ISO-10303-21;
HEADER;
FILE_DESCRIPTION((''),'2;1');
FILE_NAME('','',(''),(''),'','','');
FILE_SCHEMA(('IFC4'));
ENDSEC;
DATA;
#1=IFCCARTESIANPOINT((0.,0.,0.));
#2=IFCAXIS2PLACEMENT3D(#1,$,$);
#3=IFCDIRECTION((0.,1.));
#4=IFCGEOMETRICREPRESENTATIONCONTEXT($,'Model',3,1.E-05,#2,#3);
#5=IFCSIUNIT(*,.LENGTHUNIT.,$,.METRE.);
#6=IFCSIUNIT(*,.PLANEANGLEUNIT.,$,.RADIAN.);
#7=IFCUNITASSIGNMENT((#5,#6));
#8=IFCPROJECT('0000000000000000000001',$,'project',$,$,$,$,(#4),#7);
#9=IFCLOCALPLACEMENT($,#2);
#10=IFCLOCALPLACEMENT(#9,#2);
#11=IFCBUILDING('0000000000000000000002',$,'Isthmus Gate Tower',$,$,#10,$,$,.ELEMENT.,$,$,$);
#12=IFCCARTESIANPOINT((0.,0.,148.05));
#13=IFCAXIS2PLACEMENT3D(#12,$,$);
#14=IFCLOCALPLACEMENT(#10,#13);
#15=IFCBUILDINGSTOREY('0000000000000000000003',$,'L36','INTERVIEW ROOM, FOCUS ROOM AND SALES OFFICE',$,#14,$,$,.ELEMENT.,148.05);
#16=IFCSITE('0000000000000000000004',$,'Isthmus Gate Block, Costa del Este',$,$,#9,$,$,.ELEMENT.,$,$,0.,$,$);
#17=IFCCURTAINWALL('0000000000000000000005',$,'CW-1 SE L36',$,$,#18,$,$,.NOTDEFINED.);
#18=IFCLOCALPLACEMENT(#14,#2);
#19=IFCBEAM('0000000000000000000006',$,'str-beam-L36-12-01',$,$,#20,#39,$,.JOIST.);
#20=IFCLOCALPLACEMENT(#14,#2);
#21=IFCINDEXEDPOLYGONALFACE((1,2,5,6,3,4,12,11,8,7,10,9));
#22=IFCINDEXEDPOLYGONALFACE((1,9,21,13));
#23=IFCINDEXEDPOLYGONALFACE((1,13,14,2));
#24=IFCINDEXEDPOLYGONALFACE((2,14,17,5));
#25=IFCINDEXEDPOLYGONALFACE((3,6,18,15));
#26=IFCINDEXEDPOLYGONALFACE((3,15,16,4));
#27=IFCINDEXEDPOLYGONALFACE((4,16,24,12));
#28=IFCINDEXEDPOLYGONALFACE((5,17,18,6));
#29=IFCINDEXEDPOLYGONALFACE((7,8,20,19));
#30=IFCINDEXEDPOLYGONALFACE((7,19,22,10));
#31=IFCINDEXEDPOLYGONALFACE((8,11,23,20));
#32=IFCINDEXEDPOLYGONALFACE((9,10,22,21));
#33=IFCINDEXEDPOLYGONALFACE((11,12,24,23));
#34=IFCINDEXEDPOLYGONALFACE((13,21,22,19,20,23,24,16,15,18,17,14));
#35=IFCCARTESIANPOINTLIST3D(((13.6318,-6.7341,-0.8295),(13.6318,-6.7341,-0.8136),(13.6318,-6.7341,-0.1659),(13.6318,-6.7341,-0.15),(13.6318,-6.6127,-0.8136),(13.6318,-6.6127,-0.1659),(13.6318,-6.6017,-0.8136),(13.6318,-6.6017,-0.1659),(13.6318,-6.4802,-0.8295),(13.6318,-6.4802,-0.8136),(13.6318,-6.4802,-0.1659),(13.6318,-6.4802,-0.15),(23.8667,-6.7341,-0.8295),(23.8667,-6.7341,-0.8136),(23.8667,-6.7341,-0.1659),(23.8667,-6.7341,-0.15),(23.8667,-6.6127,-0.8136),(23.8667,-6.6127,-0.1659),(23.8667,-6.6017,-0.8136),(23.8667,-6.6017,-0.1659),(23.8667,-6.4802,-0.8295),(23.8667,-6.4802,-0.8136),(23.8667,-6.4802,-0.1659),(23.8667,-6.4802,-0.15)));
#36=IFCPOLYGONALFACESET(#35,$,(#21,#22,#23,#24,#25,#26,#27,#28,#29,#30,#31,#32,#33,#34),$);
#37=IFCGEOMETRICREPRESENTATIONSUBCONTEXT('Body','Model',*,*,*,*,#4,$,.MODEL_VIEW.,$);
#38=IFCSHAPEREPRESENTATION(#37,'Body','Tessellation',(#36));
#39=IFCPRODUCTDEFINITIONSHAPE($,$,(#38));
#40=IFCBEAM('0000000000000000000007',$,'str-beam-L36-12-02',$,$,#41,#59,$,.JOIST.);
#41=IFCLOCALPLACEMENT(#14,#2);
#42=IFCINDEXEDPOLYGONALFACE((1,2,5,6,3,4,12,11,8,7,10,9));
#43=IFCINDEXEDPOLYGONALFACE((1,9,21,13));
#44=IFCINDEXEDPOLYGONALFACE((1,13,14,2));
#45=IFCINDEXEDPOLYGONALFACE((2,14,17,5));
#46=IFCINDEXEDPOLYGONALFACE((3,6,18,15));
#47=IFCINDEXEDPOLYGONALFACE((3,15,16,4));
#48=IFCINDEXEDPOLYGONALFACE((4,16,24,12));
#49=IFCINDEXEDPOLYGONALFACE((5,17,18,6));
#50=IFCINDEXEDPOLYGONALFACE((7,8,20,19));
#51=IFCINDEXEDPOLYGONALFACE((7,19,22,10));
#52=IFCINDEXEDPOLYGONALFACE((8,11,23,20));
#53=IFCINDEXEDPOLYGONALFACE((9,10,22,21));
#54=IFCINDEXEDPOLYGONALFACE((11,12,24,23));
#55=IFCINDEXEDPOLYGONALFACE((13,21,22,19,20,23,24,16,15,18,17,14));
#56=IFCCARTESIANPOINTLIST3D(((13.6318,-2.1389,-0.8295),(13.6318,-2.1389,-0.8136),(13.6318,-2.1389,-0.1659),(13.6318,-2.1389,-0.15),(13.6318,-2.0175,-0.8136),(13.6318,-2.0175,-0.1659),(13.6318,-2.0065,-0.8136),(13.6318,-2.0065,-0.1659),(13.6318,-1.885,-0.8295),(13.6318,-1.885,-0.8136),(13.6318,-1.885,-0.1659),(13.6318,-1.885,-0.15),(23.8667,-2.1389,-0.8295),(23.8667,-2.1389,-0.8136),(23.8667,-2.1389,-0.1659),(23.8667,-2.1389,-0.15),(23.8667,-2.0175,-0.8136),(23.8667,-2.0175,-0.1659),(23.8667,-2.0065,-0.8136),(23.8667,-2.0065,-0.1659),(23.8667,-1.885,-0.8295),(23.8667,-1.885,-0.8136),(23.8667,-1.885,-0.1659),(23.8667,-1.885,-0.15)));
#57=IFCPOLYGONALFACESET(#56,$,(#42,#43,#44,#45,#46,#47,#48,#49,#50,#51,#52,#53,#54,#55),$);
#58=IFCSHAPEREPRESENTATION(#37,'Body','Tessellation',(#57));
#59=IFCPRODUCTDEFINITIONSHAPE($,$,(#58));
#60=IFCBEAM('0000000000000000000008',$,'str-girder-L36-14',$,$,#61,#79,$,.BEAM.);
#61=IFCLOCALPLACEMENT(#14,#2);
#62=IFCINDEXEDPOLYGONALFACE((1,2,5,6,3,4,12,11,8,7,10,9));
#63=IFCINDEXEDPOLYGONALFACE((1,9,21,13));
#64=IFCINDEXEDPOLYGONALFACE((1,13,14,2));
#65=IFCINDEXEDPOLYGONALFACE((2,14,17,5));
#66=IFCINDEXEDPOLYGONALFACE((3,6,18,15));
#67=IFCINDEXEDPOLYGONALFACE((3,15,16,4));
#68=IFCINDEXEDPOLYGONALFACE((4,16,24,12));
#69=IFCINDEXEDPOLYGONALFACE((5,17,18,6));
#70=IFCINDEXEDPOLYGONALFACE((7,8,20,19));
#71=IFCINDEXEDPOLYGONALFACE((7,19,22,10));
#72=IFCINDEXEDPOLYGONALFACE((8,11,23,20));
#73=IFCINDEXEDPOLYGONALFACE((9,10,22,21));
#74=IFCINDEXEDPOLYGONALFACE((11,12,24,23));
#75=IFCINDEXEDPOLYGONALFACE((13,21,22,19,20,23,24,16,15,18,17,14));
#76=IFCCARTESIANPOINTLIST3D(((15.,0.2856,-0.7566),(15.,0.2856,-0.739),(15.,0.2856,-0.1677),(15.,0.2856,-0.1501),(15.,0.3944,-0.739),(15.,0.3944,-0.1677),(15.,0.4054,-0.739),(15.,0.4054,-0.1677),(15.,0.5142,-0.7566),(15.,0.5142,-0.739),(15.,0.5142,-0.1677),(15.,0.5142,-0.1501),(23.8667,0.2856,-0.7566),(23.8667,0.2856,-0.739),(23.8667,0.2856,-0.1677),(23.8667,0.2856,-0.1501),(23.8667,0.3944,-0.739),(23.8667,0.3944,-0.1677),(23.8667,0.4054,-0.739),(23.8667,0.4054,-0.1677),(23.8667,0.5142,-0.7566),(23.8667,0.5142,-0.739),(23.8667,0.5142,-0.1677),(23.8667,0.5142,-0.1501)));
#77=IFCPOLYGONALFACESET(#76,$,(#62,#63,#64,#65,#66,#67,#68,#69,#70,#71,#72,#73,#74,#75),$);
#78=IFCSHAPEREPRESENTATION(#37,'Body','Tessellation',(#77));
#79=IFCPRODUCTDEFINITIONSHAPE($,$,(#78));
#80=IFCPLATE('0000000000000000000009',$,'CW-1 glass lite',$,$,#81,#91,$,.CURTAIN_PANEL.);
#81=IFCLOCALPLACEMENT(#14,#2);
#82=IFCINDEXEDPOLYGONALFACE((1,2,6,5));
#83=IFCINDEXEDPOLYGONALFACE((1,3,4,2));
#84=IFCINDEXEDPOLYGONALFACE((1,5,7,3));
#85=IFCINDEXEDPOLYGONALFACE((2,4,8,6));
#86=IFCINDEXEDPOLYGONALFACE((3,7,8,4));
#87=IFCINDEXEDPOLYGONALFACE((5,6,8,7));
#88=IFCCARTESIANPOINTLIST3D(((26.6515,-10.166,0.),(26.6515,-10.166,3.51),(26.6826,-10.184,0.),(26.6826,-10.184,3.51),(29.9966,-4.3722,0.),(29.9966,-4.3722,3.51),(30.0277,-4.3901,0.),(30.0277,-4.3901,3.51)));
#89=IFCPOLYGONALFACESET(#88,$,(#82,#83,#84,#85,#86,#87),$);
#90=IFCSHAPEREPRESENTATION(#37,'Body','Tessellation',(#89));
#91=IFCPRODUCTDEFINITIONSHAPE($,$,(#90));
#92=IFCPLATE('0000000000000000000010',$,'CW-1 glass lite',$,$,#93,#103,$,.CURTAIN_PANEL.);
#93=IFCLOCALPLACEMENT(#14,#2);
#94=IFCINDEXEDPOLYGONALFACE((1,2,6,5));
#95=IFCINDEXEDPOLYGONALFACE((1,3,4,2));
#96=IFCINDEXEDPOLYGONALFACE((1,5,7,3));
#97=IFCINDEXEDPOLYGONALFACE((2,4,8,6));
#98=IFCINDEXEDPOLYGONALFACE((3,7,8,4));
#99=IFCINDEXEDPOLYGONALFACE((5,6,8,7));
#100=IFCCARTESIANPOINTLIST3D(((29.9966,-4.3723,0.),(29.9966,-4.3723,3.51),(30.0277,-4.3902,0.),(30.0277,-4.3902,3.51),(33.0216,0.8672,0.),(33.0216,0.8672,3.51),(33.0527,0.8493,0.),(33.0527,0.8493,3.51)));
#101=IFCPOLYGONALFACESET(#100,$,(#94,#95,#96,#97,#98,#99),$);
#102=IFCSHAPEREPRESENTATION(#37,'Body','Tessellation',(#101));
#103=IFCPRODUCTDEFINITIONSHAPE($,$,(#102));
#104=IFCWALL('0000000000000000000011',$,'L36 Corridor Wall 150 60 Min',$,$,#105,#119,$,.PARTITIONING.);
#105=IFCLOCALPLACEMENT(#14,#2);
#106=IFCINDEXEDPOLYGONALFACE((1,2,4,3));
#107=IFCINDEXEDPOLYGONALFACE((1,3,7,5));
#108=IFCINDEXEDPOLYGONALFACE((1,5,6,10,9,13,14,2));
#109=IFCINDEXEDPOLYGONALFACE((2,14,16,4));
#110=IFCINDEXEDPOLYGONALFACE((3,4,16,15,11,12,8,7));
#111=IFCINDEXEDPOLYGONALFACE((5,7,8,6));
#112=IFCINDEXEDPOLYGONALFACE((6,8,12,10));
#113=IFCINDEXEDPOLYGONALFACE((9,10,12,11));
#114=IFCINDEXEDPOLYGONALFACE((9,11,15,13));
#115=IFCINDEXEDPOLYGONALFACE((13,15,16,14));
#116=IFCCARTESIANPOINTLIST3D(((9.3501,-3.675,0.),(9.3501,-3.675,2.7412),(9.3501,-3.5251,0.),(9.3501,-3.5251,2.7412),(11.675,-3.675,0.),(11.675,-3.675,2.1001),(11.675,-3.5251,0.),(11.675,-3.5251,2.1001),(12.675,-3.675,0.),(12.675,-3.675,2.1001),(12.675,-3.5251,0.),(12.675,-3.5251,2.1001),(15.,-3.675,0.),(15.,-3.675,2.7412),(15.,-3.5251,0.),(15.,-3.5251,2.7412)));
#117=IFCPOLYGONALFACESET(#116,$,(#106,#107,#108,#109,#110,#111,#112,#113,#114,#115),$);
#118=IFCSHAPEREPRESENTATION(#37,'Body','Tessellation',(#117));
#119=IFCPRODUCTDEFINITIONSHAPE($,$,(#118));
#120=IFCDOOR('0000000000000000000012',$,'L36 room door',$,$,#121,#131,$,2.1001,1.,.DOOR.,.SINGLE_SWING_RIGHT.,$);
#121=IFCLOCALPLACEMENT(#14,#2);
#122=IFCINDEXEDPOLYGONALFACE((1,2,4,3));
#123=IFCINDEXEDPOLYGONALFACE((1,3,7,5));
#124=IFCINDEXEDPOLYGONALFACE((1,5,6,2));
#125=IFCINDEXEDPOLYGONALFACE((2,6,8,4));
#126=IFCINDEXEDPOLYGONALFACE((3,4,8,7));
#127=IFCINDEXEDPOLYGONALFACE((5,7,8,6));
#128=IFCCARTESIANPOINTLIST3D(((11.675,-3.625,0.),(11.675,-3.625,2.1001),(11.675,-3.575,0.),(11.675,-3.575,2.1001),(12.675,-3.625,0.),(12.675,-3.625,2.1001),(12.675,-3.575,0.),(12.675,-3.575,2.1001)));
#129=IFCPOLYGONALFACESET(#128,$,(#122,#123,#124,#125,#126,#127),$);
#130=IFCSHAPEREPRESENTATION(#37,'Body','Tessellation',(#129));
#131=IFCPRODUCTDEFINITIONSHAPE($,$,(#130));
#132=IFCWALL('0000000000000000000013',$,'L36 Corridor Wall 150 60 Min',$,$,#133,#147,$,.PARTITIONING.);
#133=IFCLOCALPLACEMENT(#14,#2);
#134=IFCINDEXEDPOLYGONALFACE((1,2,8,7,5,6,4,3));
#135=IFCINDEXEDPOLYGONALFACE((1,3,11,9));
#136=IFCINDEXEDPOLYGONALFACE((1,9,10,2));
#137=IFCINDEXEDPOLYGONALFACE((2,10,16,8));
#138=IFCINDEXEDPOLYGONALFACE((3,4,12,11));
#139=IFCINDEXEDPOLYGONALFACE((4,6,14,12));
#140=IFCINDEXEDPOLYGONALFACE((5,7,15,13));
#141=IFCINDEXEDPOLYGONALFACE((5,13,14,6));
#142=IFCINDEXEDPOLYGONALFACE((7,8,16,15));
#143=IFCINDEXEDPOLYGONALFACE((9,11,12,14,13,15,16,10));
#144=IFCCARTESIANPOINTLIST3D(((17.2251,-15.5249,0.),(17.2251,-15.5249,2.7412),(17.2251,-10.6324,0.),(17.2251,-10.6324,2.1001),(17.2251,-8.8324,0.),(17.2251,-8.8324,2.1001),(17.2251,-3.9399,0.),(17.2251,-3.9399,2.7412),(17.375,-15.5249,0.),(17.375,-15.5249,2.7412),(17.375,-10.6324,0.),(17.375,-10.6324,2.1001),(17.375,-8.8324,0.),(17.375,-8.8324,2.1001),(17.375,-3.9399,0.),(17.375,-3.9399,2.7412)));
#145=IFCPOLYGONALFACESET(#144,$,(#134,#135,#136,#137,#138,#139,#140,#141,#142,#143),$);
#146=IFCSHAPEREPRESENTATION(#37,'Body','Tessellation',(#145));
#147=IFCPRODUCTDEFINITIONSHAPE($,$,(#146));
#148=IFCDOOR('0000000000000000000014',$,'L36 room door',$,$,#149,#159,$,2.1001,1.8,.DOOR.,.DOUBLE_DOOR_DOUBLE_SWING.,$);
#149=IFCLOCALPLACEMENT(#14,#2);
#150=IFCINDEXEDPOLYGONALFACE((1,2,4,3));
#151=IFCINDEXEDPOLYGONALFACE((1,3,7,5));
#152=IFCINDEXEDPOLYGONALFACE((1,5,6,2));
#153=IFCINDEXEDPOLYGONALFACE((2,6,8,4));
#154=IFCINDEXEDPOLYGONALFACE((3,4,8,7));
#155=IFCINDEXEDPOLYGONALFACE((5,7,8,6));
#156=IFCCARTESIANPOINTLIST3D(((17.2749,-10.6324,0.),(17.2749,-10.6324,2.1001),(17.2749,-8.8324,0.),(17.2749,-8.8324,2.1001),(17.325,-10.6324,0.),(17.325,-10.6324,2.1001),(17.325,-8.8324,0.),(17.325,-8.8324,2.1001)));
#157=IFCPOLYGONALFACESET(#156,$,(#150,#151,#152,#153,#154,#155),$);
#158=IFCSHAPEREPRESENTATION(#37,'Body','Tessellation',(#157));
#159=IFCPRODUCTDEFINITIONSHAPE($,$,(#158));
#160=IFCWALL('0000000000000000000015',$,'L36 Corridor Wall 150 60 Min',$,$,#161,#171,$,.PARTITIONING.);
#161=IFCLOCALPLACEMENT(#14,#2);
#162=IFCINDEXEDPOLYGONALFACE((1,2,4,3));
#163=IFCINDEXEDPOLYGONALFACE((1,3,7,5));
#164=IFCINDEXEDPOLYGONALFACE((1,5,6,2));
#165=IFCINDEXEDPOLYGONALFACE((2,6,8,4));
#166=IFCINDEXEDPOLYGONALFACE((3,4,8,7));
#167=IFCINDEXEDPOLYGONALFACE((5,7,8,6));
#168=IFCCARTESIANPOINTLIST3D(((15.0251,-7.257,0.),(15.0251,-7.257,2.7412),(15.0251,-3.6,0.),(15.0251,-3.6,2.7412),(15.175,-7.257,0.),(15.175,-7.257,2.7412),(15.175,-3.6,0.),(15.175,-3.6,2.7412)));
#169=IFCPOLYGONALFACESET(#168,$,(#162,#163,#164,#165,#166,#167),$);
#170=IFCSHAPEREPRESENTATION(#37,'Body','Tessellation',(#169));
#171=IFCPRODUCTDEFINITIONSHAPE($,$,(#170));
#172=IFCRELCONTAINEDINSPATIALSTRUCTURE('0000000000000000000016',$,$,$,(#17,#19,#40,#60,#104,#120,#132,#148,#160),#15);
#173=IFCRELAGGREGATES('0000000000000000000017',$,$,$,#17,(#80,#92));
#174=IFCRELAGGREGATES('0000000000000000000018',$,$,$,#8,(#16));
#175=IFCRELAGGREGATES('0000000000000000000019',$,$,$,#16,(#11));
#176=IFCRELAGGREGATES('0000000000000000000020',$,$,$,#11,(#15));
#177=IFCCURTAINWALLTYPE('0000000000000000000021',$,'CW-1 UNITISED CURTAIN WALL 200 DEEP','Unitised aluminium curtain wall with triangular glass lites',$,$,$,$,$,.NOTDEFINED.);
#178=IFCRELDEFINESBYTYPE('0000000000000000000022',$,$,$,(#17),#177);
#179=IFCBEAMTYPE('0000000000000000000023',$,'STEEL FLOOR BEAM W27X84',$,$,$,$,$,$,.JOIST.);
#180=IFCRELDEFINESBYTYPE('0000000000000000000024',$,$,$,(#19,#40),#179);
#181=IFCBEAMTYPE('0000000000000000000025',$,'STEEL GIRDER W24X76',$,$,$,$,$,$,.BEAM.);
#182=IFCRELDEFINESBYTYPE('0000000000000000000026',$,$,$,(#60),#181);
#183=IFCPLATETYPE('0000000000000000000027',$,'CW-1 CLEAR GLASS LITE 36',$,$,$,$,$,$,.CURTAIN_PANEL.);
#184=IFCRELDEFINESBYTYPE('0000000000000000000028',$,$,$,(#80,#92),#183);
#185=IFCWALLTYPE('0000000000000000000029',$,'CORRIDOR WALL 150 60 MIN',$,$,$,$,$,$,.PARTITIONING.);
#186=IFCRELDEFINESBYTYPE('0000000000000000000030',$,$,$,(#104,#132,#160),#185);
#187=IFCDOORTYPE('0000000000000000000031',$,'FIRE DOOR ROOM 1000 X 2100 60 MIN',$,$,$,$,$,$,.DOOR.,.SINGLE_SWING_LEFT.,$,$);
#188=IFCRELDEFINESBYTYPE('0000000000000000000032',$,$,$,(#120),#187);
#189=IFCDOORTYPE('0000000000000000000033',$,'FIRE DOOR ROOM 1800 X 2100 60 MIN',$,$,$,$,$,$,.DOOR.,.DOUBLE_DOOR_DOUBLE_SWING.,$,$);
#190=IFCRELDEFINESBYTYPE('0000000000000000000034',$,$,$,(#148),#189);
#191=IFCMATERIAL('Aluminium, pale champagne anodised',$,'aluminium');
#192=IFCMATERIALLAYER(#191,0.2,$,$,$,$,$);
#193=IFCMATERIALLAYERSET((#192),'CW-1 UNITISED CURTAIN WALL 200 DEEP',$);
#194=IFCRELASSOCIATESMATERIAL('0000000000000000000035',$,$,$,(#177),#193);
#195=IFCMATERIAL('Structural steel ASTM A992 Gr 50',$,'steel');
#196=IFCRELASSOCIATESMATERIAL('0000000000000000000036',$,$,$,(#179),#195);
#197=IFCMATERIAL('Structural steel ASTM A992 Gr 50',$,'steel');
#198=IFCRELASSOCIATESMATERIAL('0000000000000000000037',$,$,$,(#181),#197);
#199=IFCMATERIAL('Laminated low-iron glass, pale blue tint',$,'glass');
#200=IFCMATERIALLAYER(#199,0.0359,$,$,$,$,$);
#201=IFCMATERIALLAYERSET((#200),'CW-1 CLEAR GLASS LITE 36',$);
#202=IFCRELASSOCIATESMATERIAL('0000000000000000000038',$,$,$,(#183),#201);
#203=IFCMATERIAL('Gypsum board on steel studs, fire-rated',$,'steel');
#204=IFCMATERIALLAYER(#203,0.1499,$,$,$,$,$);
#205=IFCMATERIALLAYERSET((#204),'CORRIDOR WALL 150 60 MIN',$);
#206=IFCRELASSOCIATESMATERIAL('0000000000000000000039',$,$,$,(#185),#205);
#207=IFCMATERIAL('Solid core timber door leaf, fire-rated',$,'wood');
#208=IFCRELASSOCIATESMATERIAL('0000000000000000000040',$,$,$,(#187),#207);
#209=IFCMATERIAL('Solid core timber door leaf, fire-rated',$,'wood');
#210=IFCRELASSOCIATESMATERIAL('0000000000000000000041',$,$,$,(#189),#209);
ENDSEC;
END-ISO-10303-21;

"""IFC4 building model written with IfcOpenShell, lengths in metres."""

from ifc_helpers import new_model, si_unit, direction, frame, frame_2d, origin, origin_2d, place, context, subcontext, project, spatial, rectangle, i_section, extrude, material, layer, layer_set, material_profile, profile_set, type_object, element, fill, aggregate, save


model = new_model("IFC4")

# Units and contexts
model_context = context("Model", 3, precision=1e-05, world=origin(), true_north=direction((0.0, 1.0)))
body_context = subcontext(model_context, "Body", "Model", "MODEL_VIEW")
ifc_project = project(units=[si_unit("LENGTHUNIT", "METRE"), si_unit("PLANEANGLEUNIT", "RADIAN")], contexts=[model_context])

# Site, building, storey
site_placement = place(None, origin())
site = spatial("IfcSite", under=ifc_project, at=site_placement, Name="Isthmus Gate Block, Costa del Este", CompositionType="ELEMENT", RefElevation=0.0)
building_placement = place(site_placement, origin())
building = spatial("IfcBuilding", under=site, at=building_placement, Name="Isthmus Gate Tower", CompositionType="ELEMENT")
storey_placement = place(building_placement, frame((0.0, 0.0, 148.05)))
storey = spatial("IfcBuildingStorey", under=building, at=storey_placement, Name="L36", Description="INTERVIEW ROOM, FOCUS ROOM AND SALES OFFICE", CompositionType="ELEMENT", Elevation=148.05)

# Curtain wall
ifc_material_1 = material(Name="Aluminium, pale champagne anodised", Category="aluminium")
ifc_layer_1 = layer(ifc_material_1, 0.2)
ifc_layer_set_1 = layer_set([ifc_layer_1], Name="CW-1 UNITISED CURTAIN WALL 200 DEEP")
curtain_wall_type = type_object("IfcCurtainWallType", Name="CW-1 UNITISED CURTAIN WALL 200 DEEP", Description="Unitised aluminium curtain wall with triangular glass lites", PredefinedType="NOTDEFINED", material=ifc_layer_set_1)
curtain_wall_placement = place(storey_placement, origin())
curtain_wall = element("IfcCurtainWall", 1, at=curtain_wall_placement, inside=storey, type_object=curtain_wall_type, Name="CW-1 SE L36", PredefinedType="NOTDEFINED")

# Beams
ifc_material_2 = material(Name="Structural steel ASTM A992 Gr 50", Category="steel")
ifc_material_profile_1 = material_profile(ifc_material_2, i_section(OverallWidth=0.2539, OverallDepth=0.6794, WebThickness=0.011, FlangeThickness=0.0159, at=origin_2d()), Name="W27X84")
ifc_profile_set_1 = profile_set([ifc_material_profile_1], Name="Structural steel ASTM A992 Gr 50")
beam_type_1 = type_object("IfcBeamType", Name="STEEL FLOOR BEAM W27X84", PredefinedType="JOIST", material=ifc_profile_set_1)
for number, where, z_axis, x_axis, name in (
    (2, (13.6318, -6.6072, -0.4897), (1.0, 0.0, 0.0), (0.0, 1.0, 0.0), "str-beam-L36-12-01"),
    (3, (13.6318, -2.012, -0.4897), (1.0, 0.0, 0.0), (0.0, 1.0, 0.0), "str-beam-L36-12-02"),
):
    element("IfcBeam", number, at=place(storey_placement, frame(where, z_axis=z_axis, x_axis=x_axis)), inside=storey, type_object=beam_type_1, Name=name, PredefinedType="JOIST", context=body_context, shape_type="SweptSolid", body=[
        extrude(i_section(OverallWidth=0.2539, OverallDepth=0.6794, WebThickness=0.011, FlangeThickness=0.0159, at=origin_2d()), origin(), (0.0, 0.0, 1.0), 10.2349),
    ])
ifc_material_3 = material(Name="Structural steel ASTM A992 Gr 50", Category="steel")
ifc_material_profile_2 = material_profile(ifc_material_3, i_section(OverallWidth=0.2285, OverallDepth=0.6064, WebThickness=0.011, FlangeThickness=0.0176, at=origin_2d()), Name="W24X76")
ifc_profile_set_2 = profile_set([ifc_material_profile_2], Name="Structural steel ASTM A992 Gr 50")
beam_type_2 = type_object("IfcBeamType", Name="STEEL GIRDER W24X76", PredefinedType="BEAM", material=ifc_profile_set_2)
beam_1_placement = place(storey_placement, frame((15.0, 0.3999, -0.4534), z_axis=(1.0, 0.0, 0.0), x_axis=(0.0, 1.0, 0.0)))
element("IfcBeam", 4, at=beam_1_placement, inside=storey, type_object=beam_type_2, Name="str-girder-L36-14", PredefinedType="BEAM", context=body_context, shape_type="SweptSolid", body=[
    extrude(i_section(OverallWidth=0.2285, OverallDepth=0.6064, WebThickness=0.011, FlangeThickness=0.0176, at=origin_2d()), origin(), (0.0, 0.0, 1.0), 8.8667),
])

# Plates
ifc_material_4 = material(Name="Laminated low-iron glass, pale blue tint", Category="glass")
ifc_layer_2 = layer(ifc_material_4, 0.0359)
ifc_layer_set_2 = layer_set([ifc_layer_2], Name="CW-1 CLEAR GLASS LITE 36")
plate_type = type_object("IfcPlateType", Name="CW-1 CLEAR GLASS LITE 36", PredefinedType="CURTAIN_PANEL", material=ifc_layer_set_2)
plate_1_placement = place(storey_placement, frame((28.3396, -7.2781, 0.0), z_axis=(0.0, 0.0, 1.0), x_axis=(0.5, 0.866025, 0.0)))
plate_1 = element("IfcPlate", 5, at=plate_1_placement, type_object=plate_type, Name="CW-1 glass lite", PredefinedType="CURTAIN_PANEL", context=body_context, shape_type="SweptSolid", body=[
    extrude(rectangle(XDim=6.6902, YDim=0.0359, at=origin_2d()), origin(), (0.0, 0.0, 1.0), 3.51),
])
plate_2_placement = place(storey_placement, frame((31.5247, -1.7615, 0.0), z_axis=(0.0, 0.0, 1.0), x_axis=(0.5, 0.866025, 0.0)))
plate_2 = element("IfcPlate", 6, at=plate_2_placement, type_object=plate_type, Name="CW-1 glass lite", PredefinedType="CURTAIN_PANEL", context=body_context, shape_type="SweptSolid", body=[
    extrude(rectangle(XDim=6.05, YDim=0.0359, at=origin_2d()), origin(), (0.0, 0.0, 1.0), 3.51),
])
aggregate(curtain_wall, [plate_1, plate_2])

# Walls, openings, doors
ifc_material_5 = material(Name="Gypsum board on steel studs, fire-rated", Category="steel")
ifc_layer_3 = layer(ifc_material_5, 0.1499)
ifc_layer_set_3 = layer_set([ifc_layer_3], Name="CORRIDOR WALL 150 60 MIN")
wall_type_1 = type_object("IfcWallType", Name="CORRIDOR WALL 150 60 MIN", PredefinedType="PARTITIONING", material=ifc_layer_set_3)
wall_1_placement = place(storey_placement, frame((15.0, -3.6001, 0.0), z_axis=(0.0, 0.0, 1.0), x_axis=(-1.0, 0.0, 0.0)))
wall_1 = element("IfcWall", 7, at=wall_1_placement, inside=storey, type_object=wall_type_1, Name="L36 Corridor Wall 150 60 Min", PredefinedType="PARTITIONING", context=body_context, shape_type="SweptSolid", body=[
    extrude(rectangle(XDim=5.6499, YDim=0.1499, at=frame_2d((2.825, 0.0))), origin(), (0.0, 0.0, 1.0), 2.7412),
])
opening_1_placement = place(wall_1_placement, frame((2.325, 0.0, 0.0)))
opening_1 = element("IfcOpeningElement", 8, at=opening_1_placement, cuts=wall_1, PredefinedType="OPENING", context=body_context, shape_type="SweptSolid", body=[
    extrude(rectangle(XDim=1.0, YDim=2.1001, at=frame_2d((0.5, 1.05))), frame((0.0, 0.085, 0.0), z_axis=(0.0, -1.0, 0.0), x_axis=(1.0, 0.0, 0.0)), (0.0, 0.0, 1.0), 0.1699),
])
ifc_material_6 = material(Name="Solid core timber door leaf, fire-rated", Category="wood")
door_type_1 = type_object("IfcDoorType", Name="FIRE DOOR ROOM 1000 X 2100 60 MIN", OperationType="SINGLE_SWING_LEFT", PredefinedType="DOOR", material=ifc_material_6)
door_1_placement = place(opening_1_placement, origin())
door_1 = element("IfcDoor", 9, at=door_1_placement, inside=storey, type_object=door_type_1, Name="L36 room door", OperationType="SINGLE_SWING_RIGHT", OverallHeight=2.1001, OverallWidth=1.0, PredefinedType="DOOR", context=body_context, shape_type="SweptSolid", body=[
    extrude(rectangle(XDim=1.0, YDim=2.1001, at=frame_2d((0.5, 1.05))), frame((0.0, 0.0249, 0.0), z_axis=(0.0, -1.0, 0.0), x_axis=(1.0, 0.0, 0.0)), (0.0, 0.0, 1.0), 0.05),
])
fill(opening_1, door_1)
wall_2_placement = place(storey_placement, frame((17.3, -3.9399, 0.0), z_axis=(0.0, 0.0, 1.0), x_axis=(0.0, -1.0, 0.0)))
wall_2 = element("IfcWall", 10, at=wall_2_placement, inside=storey, type_object=wall_type_1, Name="L36 Corridor Wall 150 60 Min", PredefinedType="PARTITIONING", context=body_context, shape_type="SweptSolid", body=[
    extrude(rectangle(XDim=11.585, YDim=0.1499, at=frame_2d((5.7925, 0.0))), origin(), (0.0, 0.0, 1.0), 2.7412),
])
opening_2_placement = place(wall_2_placement, frame((4.8926, 0.0, 0.0)))
opening_2 = element("IfcOpeningElement", 11, at=opening_2_placement, cuts=wall_2, PredefinedType="OPENING", context=body_context, shape_type="SweptSolid", body=[
    extrude(rectangle(XDim=1.8, YDim=2.1001, at=frame_2d((0.8999, 1.05))), frame((0.0, 0.085, 0.0), z_axis=(0.0, -1.0, 0.0), x_axis=(1.0, 0.0, 0.0)), (0.0, 0.0, 1.0), 0.1699),
])
ifc_material_7 = material(Name="Solid core timber door leaf, fire-rated", Category="wood")
door_type_2 = type_object("IfcDoorType", Name="FIRE DOOR ROOM 1800 X 2100 60 MIN", OperationType="DOUBLE_DOOR_DOUBLE_SWING", PredefinedType="DOOR", material=ifc_material_7)
door_2_placement = place(opening_2_placement, origin())
door_2 = element("IfcDoor", 12, at=door_2_placement, inside=storey, type_object=door_type_2, Name="L36 room door", OperationType="DOUBLE_DOOR_DOUBLE_SWING", OverallHeight=2.1001, OverallWidth=1.8, PredefinedType="DOOR", context=body_context, shape_type="SweptSolid", body=[
    extrude(rectangle(XDim=1.8, YDim=2.1001, at=frame_2d((0.8999, 1.05))), frame((0.0, 0.0249, 0.0), z_axis=(0.0, -1.0, 0.0), x_axis=(1.0, 0.0, 0.0)), (0.0, 0.0, 1.0), 0.05),
])
fill(opening_2, door_2)

# Wall
wall_3_placement = place(storey_placement, frame((15.1001, -7.2571, 0.0), z_axis=(0.0, 0.0, 1.0), x_axis=(0.0, 1.0, 0.0)))
element("IfcWall", 13, at=wall_3_placement, inside=storey, type_object=wall_type_1, Name="L36 Corridor Wall 150 60 Min", PredefinedType="PARTITIONING", context=body_context, shape_type="SweptSolid", body=[
    extrude(rectangle(XDim=3.657, YDim=0.1499, at=frame_2d((1.8286, 0.0))), origin(), (0.0, 0.0, 1.0), 2.7412),
])

save(model, "model.ifc")
